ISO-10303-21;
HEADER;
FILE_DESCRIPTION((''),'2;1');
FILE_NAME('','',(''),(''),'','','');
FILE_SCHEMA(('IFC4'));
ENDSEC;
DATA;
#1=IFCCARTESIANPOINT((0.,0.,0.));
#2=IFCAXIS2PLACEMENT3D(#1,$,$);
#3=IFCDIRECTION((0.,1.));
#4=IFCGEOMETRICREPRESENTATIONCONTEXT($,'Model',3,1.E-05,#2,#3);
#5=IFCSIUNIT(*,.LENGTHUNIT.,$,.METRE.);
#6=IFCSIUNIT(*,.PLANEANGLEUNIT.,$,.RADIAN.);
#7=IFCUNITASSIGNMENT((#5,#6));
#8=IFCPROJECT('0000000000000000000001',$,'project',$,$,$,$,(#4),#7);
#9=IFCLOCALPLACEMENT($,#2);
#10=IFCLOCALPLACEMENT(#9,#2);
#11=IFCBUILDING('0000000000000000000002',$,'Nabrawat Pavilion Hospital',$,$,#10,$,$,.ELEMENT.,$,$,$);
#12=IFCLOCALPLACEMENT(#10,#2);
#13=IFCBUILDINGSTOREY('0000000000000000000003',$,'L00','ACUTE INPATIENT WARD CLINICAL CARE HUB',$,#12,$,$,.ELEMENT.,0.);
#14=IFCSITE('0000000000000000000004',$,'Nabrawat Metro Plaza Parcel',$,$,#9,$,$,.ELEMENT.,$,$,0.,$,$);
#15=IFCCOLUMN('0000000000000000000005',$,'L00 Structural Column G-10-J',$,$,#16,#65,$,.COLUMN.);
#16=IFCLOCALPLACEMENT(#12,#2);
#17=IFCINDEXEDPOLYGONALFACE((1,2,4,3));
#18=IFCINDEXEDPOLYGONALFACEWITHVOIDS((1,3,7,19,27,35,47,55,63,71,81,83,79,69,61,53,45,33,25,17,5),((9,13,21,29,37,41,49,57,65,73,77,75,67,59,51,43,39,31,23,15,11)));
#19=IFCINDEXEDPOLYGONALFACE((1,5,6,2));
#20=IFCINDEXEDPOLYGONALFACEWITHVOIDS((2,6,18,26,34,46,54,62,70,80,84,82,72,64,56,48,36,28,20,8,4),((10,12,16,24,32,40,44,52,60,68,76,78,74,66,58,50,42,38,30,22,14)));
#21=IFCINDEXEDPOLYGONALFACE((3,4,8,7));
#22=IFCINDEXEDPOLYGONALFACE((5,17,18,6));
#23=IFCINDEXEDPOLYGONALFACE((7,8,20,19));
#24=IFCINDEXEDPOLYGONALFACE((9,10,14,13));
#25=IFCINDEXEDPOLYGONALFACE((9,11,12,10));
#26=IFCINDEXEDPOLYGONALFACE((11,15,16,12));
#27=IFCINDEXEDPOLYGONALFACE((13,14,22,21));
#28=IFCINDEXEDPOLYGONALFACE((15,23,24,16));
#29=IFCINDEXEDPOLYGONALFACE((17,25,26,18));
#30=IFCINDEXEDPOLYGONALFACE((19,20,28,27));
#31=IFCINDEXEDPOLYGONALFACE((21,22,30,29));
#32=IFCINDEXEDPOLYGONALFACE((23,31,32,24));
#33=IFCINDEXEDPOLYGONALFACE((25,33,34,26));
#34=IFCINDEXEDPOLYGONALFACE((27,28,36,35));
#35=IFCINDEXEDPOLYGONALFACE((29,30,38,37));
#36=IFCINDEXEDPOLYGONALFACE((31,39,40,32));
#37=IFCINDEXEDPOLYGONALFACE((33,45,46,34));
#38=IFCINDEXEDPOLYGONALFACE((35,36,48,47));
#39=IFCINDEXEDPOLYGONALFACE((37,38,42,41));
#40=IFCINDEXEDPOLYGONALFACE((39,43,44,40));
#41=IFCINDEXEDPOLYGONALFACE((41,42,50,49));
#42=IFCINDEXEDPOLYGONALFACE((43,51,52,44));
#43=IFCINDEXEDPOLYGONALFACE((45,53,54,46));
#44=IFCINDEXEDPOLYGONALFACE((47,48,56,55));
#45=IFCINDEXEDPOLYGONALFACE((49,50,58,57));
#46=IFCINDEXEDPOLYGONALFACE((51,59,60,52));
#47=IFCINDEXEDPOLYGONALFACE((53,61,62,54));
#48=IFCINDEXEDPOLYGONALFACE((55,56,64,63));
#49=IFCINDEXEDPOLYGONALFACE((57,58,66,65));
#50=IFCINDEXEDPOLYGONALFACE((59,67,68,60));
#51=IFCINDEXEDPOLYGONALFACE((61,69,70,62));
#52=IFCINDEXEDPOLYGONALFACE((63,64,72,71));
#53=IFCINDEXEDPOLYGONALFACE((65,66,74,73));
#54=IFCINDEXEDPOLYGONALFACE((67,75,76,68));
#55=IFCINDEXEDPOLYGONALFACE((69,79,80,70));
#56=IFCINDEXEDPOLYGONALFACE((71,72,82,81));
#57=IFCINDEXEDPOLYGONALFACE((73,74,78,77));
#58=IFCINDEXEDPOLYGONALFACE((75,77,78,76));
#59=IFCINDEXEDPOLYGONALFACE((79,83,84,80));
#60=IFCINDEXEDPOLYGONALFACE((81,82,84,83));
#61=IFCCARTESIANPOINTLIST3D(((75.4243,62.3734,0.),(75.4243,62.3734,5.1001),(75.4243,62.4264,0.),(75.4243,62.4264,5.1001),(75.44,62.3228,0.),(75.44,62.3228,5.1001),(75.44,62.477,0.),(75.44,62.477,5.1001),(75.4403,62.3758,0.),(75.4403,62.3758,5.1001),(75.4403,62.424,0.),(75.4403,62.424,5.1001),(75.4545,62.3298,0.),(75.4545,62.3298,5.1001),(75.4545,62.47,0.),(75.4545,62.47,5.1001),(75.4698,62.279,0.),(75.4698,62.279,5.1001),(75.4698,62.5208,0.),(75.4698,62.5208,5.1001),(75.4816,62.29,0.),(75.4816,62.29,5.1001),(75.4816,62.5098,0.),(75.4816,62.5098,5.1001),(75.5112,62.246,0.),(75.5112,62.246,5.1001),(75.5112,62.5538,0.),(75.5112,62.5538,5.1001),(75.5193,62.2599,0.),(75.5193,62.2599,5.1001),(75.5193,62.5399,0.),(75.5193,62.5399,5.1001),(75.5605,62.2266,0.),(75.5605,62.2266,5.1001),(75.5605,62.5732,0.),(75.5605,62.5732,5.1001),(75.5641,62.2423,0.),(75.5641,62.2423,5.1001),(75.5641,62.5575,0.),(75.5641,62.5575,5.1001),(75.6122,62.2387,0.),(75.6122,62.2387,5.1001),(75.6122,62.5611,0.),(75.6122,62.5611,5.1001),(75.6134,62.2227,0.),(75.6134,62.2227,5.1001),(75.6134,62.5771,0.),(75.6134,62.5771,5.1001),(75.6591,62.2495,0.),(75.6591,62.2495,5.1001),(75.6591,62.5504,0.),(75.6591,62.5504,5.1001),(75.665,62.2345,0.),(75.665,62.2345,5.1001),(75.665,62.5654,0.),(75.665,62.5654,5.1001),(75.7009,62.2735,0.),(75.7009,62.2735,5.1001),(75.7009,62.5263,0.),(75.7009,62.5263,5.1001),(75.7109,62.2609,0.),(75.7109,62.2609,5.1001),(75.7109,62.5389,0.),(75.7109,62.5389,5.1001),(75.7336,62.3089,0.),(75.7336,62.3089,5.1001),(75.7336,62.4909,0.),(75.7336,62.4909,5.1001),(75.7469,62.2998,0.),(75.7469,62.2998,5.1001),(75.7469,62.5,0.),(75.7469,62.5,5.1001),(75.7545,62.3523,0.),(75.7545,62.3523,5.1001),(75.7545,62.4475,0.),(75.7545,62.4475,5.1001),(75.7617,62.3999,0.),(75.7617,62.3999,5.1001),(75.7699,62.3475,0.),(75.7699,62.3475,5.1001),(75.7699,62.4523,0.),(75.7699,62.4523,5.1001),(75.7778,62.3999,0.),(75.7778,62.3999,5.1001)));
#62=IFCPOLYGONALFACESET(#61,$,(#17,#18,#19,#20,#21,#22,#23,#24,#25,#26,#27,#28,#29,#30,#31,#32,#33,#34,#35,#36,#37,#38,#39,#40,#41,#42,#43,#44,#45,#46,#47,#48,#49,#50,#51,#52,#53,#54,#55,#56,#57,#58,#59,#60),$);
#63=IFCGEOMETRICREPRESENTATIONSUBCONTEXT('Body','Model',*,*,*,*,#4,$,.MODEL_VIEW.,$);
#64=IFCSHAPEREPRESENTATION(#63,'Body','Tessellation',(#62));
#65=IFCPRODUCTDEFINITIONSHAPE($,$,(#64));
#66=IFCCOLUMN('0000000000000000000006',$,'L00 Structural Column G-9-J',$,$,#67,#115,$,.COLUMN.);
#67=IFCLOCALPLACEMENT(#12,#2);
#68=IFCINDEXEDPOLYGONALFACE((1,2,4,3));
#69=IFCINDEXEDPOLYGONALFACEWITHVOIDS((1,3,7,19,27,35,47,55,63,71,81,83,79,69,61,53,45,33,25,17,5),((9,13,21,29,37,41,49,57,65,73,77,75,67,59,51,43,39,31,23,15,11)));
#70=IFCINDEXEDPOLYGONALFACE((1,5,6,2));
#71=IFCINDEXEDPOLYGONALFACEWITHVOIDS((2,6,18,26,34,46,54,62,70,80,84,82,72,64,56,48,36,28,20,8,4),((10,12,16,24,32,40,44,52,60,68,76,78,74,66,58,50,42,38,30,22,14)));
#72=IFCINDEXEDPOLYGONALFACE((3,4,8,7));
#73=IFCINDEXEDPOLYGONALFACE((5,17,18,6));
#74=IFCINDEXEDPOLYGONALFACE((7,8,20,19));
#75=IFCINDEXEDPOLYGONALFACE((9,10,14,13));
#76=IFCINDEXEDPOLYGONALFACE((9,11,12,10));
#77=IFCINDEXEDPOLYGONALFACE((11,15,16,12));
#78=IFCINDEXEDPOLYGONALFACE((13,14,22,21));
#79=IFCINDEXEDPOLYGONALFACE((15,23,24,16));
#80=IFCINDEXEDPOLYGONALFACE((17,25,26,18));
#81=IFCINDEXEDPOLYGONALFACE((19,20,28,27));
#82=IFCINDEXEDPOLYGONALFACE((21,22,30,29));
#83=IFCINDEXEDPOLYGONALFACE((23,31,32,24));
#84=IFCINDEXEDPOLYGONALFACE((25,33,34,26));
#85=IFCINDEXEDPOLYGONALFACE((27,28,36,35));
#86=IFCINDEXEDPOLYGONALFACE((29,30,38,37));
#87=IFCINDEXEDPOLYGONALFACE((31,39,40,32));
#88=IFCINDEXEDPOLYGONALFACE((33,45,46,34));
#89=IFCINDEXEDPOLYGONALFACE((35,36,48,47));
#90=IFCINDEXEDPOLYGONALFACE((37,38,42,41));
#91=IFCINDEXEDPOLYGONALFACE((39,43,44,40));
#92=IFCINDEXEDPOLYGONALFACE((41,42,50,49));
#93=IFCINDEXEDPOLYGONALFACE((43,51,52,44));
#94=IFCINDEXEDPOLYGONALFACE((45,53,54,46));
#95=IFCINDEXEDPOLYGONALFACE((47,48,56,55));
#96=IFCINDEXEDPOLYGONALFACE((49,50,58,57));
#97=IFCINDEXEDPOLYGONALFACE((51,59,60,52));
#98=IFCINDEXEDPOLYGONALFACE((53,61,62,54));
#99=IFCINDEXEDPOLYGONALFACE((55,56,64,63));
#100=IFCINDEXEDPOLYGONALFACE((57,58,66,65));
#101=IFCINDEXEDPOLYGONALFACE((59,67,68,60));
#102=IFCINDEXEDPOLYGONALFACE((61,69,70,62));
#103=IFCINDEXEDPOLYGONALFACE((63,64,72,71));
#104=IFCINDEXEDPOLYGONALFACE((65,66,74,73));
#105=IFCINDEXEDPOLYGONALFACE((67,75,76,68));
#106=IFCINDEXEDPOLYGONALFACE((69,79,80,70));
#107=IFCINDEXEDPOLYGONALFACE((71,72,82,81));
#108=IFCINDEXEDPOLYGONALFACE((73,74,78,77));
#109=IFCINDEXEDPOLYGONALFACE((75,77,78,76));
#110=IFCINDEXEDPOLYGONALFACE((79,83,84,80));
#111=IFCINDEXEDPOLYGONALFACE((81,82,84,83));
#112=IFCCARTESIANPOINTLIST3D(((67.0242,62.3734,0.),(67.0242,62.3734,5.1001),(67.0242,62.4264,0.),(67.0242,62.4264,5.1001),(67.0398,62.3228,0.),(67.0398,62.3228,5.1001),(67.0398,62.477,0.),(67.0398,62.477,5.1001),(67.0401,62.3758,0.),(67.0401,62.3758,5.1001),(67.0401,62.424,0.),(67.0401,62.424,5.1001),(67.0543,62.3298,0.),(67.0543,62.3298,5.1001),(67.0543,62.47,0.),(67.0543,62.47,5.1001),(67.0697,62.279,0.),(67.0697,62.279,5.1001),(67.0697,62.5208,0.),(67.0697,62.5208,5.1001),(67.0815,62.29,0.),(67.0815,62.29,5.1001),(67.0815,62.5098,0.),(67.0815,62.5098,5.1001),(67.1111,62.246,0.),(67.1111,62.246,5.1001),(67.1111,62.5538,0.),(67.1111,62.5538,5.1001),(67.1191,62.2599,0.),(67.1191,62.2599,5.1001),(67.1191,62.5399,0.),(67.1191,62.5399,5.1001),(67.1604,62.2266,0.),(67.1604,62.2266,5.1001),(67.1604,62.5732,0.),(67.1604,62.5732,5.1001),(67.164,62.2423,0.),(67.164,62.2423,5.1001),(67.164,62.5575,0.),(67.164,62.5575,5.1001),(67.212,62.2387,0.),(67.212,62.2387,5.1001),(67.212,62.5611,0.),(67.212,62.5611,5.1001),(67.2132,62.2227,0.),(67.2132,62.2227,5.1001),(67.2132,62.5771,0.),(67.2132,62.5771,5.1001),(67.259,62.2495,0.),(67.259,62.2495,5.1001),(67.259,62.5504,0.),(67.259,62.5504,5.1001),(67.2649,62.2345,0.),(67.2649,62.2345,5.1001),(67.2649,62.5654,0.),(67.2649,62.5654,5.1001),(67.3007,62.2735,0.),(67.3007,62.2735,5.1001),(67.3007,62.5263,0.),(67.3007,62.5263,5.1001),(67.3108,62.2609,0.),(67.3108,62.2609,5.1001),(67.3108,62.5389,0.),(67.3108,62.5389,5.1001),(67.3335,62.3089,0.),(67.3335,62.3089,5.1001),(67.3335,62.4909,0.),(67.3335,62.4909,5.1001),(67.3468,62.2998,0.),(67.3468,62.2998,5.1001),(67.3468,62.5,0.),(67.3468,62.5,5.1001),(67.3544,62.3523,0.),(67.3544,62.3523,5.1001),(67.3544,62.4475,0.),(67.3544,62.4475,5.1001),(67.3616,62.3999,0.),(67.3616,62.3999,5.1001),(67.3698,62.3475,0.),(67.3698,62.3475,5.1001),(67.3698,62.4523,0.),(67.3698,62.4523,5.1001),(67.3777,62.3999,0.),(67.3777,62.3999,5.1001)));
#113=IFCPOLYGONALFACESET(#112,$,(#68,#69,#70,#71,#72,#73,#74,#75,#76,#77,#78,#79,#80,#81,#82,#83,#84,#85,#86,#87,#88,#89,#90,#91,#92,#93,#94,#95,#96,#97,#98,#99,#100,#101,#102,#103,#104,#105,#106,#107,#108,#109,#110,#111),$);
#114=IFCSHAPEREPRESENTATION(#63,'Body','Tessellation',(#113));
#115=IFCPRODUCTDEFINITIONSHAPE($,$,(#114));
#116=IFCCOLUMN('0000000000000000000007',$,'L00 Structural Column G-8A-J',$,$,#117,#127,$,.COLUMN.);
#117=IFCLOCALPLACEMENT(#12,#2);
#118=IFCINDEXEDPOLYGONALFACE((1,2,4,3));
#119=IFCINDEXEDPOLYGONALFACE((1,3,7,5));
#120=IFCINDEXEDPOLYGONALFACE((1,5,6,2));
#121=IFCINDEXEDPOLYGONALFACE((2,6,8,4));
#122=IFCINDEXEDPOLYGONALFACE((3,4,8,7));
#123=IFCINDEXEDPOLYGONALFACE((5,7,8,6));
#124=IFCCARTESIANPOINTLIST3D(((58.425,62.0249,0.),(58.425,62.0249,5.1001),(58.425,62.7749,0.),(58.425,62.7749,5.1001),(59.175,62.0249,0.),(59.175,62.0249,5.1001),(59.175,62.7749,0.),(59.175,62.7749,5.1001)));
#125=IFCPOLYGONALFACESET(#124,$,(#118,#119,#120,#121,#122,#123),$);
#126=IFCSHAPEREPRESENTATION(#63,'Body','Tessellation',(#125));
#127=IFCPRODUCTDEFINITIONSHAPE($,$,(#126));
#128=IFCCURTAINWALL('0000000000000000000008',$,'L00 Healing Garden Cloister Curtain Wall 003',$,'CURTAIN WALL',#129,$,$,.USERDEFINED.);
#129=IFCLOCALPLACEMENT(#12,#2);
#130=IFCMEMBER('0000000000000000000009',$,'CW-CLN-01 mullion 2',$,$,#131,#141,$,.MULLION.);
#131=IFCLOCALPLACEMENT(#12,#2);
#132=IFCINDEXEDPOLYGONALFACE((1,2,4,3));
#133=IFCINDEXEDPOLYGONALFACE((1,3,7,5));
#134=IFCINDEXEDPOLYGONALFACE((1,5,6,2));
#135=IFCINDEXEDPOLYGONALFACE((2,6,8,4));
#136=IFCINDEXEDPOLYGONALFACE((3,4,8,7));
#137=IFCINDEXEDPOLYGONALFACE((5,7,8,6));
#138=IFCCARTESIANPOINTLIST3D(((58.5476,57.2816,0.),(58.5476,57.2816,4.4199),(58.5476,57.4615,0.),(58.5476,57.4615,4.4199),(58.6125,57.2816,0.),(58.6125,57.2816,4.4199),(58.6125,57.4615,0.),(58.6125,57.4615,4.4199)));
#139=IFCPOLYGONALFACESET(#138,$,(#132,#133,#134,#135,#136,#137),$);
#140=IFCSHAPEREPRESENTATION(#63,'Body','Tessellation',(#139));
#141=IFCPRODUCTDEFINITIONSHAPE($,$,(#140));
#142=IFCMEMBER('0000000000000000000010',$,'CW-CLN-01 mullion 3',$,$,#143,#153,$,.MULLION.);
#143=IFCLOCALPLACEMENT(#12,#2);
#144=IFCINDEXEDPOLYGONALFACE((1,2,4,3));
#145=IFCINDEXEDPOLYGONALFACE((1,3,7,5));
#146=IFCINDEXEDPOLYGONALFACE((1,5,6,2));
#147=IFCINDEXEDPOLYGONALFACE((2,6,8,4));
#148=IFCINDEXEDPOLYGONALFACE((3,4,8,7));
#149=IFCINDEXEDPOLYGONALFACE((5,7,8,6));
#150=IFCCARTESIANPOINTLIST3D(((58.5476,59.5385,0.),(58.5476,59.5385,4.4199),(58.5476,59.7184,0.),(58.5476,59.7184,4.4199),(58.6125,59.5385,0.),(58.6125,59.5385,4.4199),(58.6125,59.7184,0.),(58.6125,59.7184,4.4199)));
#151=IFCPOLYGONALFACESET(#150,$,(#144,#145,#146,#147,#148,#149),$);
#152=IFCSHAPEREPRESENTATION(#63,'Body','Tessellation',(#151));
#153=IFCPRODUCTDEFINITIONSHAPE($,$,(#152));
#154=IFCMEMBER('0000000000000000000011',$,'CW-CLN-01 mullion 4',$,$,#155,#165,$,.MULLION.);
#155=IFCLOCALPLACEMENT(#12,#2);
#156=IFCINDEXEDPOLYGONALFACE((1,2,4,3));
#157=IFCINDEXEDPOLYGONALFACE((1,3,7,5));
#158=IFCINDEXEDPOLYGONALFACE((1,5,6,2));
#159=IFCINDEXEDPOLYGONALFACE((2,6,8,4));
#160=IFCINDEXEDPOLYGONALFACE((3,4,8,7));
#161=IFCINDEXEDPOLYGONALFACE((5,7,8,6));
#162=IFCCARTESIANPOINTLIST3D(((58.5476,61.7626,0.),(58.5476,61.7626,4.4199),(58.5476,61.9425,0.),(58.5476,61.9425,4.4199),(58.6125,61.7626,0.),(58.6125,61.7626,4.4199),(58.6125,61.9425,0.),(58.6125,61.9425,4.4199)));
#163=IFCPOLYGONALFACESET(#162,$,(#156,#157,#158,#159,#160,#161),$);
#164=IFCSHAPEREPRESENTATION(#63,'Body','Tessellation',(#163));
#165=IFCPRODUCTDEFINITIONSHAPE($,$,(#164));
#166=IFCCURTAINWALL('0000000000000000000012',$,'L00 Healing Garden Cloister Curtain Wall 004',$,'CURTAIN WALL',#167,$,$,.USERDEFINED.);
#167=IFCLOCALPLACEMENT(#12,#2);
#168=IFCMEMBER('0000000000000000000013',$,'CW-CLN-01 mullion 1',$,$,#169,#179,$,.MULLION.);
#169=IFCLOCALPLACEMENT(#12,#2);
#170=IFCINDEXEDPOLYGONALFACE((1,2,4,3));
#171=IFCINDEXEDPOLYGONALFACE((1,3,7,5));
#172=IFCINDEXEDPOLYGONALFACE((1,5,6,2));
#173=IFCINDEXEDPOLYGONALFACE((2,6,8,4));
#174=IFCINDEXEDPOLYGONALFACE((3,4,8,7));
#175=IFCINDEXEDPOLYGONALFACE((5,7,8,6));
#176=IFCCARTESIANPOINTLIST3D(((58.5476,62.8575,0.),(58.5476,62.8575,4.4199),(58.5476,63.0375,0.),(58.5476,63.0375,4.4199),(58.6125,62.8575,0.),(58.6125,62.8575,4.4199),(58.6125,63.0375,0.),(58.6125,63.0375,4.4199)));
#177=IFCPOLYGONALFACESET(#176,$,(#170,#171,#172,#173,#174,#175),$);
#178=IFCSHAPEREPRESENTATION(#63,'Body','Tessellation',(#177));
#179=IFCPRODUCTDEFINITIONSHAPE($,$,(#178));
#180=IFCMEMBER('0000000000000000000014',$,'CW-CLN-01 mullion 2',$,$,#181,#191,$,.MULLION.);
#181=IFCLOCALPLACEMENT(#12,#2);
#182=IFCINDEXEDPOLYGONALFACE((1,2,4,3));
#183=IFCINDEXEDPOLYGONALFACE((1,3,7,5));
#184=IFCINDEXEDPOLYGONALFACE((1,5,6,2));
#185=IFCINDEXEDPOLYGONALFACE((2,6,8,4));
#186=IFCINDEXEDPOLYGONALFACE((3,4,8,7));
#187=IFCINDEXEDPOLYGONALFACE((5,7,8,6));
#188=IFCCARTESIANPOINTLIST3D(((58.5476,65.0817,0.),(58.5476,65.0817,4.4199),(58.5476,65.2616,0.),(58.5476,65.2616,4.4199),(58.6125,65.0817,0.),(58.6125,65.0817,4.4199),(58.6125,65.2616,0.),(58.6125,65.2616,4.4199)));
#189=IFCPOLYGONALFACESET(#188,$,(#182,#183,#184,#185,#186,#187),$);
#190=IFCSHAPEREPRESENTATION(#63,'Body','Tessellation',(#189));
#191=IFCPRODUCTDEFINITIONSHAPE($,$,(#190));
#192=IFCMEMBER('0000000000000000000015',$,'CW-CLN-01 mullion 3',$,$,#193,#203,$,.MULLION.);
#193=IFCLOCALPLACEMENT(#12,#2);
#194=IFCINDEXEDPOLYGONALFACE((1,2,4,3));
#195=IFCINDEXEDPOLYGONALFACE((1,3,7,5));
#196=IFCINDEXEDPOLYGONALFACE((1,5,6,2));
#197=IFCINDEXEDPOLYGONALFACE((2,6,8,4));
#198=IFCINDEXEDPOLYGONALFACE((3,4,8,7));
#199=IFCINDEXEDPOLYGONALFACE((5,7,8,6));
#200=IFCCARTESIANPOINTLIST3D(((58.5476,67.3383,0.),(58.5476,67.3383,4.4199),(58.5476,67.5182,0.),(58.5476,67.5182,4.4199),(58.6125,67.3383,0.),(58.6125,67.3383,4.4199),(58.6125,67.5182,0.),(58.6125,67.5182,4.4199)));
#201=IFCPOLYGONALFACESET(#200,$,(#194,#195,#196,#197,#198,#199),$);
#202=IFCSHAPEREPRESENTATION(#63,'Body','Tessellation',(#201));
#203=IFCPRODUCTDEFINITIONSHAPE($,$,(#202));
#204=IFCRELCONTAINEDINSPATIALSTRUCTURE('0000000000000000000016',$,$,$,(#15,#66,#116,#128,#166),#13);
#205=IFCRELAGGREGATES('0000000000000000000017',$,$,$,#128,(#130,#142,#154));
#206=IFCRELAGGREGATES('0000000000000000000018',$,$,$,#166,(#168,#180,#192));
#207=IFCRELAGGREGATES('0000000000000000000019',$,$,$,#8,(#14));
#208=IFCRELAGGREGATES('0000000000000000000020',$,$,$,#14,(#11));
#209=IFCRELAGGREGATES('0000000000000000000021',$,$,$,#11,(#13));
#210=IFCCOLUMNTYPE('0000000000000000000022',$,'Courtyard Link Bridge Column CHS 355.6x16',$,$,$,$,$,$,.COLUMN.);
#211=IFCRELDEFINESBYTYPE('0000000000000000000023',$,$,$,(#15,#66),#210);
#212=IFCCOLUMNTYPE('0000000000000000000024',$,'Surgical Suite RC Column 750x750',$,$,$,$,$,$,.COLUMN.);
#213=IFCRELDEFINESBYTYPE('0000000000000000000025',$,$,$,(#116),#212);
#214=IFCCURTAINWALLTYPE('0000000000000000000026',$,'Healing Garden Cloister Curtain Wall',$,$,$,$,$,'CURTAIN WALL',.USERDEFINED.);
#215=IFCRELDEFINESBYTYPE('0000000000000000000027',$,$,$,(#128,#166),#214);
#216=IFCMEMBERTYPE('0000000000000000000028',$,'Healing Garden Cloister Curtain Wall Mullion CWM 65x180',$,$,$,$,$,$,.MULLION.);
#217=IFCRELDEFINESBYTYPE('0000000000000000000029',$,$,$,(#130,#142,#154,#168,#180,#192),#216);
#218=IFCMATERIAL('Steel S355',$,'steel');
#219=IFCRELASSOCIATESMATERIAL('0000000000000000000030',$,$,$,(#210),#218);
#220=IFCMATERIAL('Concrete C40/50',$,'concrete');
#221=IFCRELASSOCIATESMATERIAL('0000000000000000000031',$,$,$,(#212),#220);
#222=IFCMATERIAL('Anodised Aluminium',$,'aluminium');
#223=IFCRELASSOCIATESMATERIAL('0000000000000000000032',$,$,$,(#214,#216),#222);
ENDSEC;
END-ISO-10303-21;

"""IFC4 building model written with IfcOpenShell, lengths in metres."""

from ifc_helpers import new_model, si_unit, direction, frame, origin, origin_2d, place, context, subcontext, project, spatial, rectangle, hollow_circle, extrude, material, material_profile, profile_set, type_object, element, aggregate, save


model = new_model("IFC4")

# Units and contexts
model_context = context("Model", 3, precision=1e-05, world=origin(), true_north=direction((0.0, 1.0)))
body_context = subcontext(model_context, "Body", "Model", "MODEL_VIEW")
ifc_project = project(units=[si_unit("LENGTHUNIT", "METRE"), si_unit("PLANEANGLEUNIT", "RADIAN")], contexts=[model_context])

# Site, building, storey
site_placement = place(None, origin())
site = spatial("IfcSite", under=ifc_project, at=site_placement, Name="Nabrawat Metro Plaza Parcel", CompositionType="ELEMENT", RefElevation=0.0)
building_placement = place(site_placement, origin())
building = spatial("IfcBuilding", under=site, at=building_placement, Name="Nabrawat Pavilion Hospital", CompositionType="ELEMENT")
storey_placement = place(building_placement, origin())
storey = spatial("IfcBuildingStorey", under=building, at=storey_placement, Name="L00", Description="ACUTE INPATIENT WARD CLINICAL CARE HUB", CompositionType="ELEMENT", Elevation=0.0)

# Columns
ifc_material_1 = material(Name="Steel S355", Category="steel")
ifc_material_profile_1 = material_profile(ifc_material_1, hollow_circle(Radius=0.1777, WallThickness=0.0161, at=origin_2d()), Name="CHS 355.6x16")
ifc_profile_set_1 = profile_set([ifc_material_profile_1], Name="Steel S355")
column_type_1 = type_object("IfcColumnType", Name="Courtyard Link Bridge Column CHS 355.6x16", PredefinedType="COLUMN", material=ifc_profile_set_1)
for number, where, z_axis, x_axis, name in (
    (1, (75.6001, 62.3999, 0.0), (0.0, 0.0, 1.0), (1.0, 0.0, 0.0), "L00 Structural Column G-10-J"),
    (2, (67.2, 62.3999, 0.0), (0.0, 0.0, 1.0), (1.0, 0.0, 0.0), "L00 Structural Column G-9-J"),
):
    element("IfcColumn", number, at=place(storey_placement, frame(where, z_axis=z_axis, x_axis=x_axis)), inside=storey, type_object=column_type_1, Name=name, PredefinedType="COLUMN", context=body_context, shape_type="SweptSolid", body=[
        extrude(hollow_circle(Radius=0.1777, WallThickness=0.0161, at=origin_2d()), origin(), (0.0, 0.0, 1.0), 5.1001),
    ])
ifc_material_2 = material(Name="Concrete C40/50", Category="concrete")
ifc_material_profile_2 = material_profile(ifc_material_2, rectangle(XDim=0.75, YDim=0.75, at=origin_2d()), Name="RC 750x750")
ifc_profile_set_2 = profile_set([ifc_material_profile_2], Name="Concrete C40/50")
column_type_2 = type_object("IfcColumnType", Name="Surgical Suite RC Column 750x750", PredefinedType="COLUMN", material=ifc_profile_set_2)
column_placement = place(storey_placement, frame((58.8, 62.3999, 0.0), z_axis=(0.0, 0.0, 1.0), x_axis=(1.0, 0.0, 0.0)))
element("IfcColumn", 3, at=column_placement, inside=storey, type_object=column_type_2, Name="L00 Structural Column G-8A-J", PredefinedType="COLUMN", context=body_context, shape_type="SweptSolid", body=[
    extrude(rectangle(XDim=0.75, YDim=0.75, at=origin_2d()), origin(), (0.0, 0.0, 1.0), 5.1001),
])

# Curtain walls, members
ifc_material_3 = material(Name="Anodised Aluminium", Category="aluminium")
curtain_wall_type = type_object("IfcCurtainWallType", Name="Healing Garden Cloister Curtain Wall", ElementType="CURTAIN WALL", PredefinedType="USERDEFINED", material=ifc_material_3)
curtain_wall_1_placement = place(storey_placement, origin())
curtain_wall_1 = element("IfcCurtainWall", 4, at=curtain_wall_1_placement, inside=storey, type_object=curtain_wall_type, Name="L00 Healing Garden Cloister Curtain Wall 003", ObjectType="CURTAIN WALL", PredefinedType="USERDEFINED")
ifc_material_profile_3 = material_profile(ifc_material_3, rectangle(XDim=0.0649, YDim=0.1799, at=origin_2d()), Name="CWM 65x180")
ifc_profile_set_3 = profile_set([ifc_material_profile_3], Name="Anodised Aluminium")
member_type_1 = type_object("IfcMemberType", Name="Healing Garden Cloister Curtain Wall Mullion CWM 65x180", PredefinedType="MULLION", material=ifc_profile_set_3)
member_1_placement = place(storey_placement, frame((58.5801, 57.3716, 0.0), z_axis=(0.0, 0.0, 1.0), x_axis=(-1.0, 0.0, 0.0)))
member_1 = element("IfcMember", 5, at=member_1_placement, type_object=member_type_1, Name="CW-CLN-01 mullion 2", PredefinedType="MULLION", context=body_context, shape_type="SweptSolid", body=[
    extrude(rectangle(XDim=0.0649, YDim=0.1799, at=origin_2d()), origin(), (0.0, 0.0, 1.0), 4.4199),
])
member_2_placement = place(storey_placement, frame((58.5801, 59.6284, 0.0), z_axis=(0.0, 0.0, 1.0), x_axis=(-1.0, 0.0, 0.0)))
member_2 = element("IfcMember", 6, at=member_2_placement, type_object=member_type_1, Name="CW-CLN-01 mullion 3", PredefinedType="MULLION", context=body_context, shape_type="SweptSolid", body=[
    extrude(rectangle(XDim=0.0649, YDim=0.1799, at=origin_2d()), origin(), (0.0, 0.0, 1.0), 4.4199),
])
member_3_placement = place(storey_placement, frame((58.5801, 61.8525, 0.0), z_axis=(0.0, 0.0, 1.0), x_axis=(-1.0, 0.0, 0.0)))
member_3 = element("IfcMember", 7, at=member_3_placement, type_object=member_type_1, Name="CW-CLN-01 mullion 4", PredefinedType="MULLION", context=body_context, shape_type="SweptSolid", body=[
    extrude(rectangle(XDim=0.0649, YDim=0.1799, at=origin_2d()), origin(), (0.0, 0.0, 1.0), 4.4199),
])
curtain_wall_2_placement = place(storey_placement, origin())
curtain_wall_2 = element("IfcCurtainWall", 8, at=curtain_wall_2_placement, inside=storey, type_object=curtain_wall_type, Name="L00 Healing Garden Cloister Curtain Wall 004", ObjectType="CURTAIN WALL", PredefinedType="USERDEFINED")
member_4_placement = place(storey_placement, frame((58.5801, 62.9475, 0.0), z_axis=(0.0, 0.0, 1.0), x_axis=(-1.0, 0.0, 0.0)))
member_4 = element("IfcMember", 9, at=member_4_placement, type_object=member_type_1, Name="CW-CLN-01 mullion 1", PredefinedType="MULLION", context=body_context, shape_type="SweptSolid", body=[
    extrude(rectangle(XDim=0.0649, YDim=0.1799, at=origin_2d()), origin(), (0.0, 0.0, 1.0), 4.4199),
])
member_5_placement = place(storey_placement, frame((58.5801, 65.1716, 0.0), z_axis=(0.0, 0.0, 1.0), x_axis=(-1.0, 0.0, 0.0)))
member_5 = element("IfcMember", 10, at=member_5_placement, type_object=member_type_1, Name="CW-CLN-01 mullion 2", PredefinedType="MULLION", context=body_context, shape_type="SweptSolid", body=[
    extrude(rectangle(XDim=0.0649, YDim=0.1799, at=origin_2d()), origin(), (0.0, 0.0, 1.0), 4.4199),
])
member_6_placement = place(storey_placement, frame((58.5801, 67.4282, 0.0), z_axis=(0.0, 0.0, 1.0), x_axis=(-1.0, 0.0, 0.0)))
member_6 = element("IfcMember", 11, at=member_6_placement, type_object=member_type_1, Name="CW-CLN-01 mullion 3", PredefinedType="MULLION", context=body_context, shape_type="SweptSolid", body=[
    extrude(rectangle(XDim=0.0649, YDim=0.1799, at=origin_2d()), origin(), (0.0, 0.0, 1.0), 4.4199),
])

aggregate(curtain_wall_1, [member_1, member_2, member_3])
aggregate(curtain_wall_2, [member_4, member_5, member_6])

save(model, "model.ifc")
